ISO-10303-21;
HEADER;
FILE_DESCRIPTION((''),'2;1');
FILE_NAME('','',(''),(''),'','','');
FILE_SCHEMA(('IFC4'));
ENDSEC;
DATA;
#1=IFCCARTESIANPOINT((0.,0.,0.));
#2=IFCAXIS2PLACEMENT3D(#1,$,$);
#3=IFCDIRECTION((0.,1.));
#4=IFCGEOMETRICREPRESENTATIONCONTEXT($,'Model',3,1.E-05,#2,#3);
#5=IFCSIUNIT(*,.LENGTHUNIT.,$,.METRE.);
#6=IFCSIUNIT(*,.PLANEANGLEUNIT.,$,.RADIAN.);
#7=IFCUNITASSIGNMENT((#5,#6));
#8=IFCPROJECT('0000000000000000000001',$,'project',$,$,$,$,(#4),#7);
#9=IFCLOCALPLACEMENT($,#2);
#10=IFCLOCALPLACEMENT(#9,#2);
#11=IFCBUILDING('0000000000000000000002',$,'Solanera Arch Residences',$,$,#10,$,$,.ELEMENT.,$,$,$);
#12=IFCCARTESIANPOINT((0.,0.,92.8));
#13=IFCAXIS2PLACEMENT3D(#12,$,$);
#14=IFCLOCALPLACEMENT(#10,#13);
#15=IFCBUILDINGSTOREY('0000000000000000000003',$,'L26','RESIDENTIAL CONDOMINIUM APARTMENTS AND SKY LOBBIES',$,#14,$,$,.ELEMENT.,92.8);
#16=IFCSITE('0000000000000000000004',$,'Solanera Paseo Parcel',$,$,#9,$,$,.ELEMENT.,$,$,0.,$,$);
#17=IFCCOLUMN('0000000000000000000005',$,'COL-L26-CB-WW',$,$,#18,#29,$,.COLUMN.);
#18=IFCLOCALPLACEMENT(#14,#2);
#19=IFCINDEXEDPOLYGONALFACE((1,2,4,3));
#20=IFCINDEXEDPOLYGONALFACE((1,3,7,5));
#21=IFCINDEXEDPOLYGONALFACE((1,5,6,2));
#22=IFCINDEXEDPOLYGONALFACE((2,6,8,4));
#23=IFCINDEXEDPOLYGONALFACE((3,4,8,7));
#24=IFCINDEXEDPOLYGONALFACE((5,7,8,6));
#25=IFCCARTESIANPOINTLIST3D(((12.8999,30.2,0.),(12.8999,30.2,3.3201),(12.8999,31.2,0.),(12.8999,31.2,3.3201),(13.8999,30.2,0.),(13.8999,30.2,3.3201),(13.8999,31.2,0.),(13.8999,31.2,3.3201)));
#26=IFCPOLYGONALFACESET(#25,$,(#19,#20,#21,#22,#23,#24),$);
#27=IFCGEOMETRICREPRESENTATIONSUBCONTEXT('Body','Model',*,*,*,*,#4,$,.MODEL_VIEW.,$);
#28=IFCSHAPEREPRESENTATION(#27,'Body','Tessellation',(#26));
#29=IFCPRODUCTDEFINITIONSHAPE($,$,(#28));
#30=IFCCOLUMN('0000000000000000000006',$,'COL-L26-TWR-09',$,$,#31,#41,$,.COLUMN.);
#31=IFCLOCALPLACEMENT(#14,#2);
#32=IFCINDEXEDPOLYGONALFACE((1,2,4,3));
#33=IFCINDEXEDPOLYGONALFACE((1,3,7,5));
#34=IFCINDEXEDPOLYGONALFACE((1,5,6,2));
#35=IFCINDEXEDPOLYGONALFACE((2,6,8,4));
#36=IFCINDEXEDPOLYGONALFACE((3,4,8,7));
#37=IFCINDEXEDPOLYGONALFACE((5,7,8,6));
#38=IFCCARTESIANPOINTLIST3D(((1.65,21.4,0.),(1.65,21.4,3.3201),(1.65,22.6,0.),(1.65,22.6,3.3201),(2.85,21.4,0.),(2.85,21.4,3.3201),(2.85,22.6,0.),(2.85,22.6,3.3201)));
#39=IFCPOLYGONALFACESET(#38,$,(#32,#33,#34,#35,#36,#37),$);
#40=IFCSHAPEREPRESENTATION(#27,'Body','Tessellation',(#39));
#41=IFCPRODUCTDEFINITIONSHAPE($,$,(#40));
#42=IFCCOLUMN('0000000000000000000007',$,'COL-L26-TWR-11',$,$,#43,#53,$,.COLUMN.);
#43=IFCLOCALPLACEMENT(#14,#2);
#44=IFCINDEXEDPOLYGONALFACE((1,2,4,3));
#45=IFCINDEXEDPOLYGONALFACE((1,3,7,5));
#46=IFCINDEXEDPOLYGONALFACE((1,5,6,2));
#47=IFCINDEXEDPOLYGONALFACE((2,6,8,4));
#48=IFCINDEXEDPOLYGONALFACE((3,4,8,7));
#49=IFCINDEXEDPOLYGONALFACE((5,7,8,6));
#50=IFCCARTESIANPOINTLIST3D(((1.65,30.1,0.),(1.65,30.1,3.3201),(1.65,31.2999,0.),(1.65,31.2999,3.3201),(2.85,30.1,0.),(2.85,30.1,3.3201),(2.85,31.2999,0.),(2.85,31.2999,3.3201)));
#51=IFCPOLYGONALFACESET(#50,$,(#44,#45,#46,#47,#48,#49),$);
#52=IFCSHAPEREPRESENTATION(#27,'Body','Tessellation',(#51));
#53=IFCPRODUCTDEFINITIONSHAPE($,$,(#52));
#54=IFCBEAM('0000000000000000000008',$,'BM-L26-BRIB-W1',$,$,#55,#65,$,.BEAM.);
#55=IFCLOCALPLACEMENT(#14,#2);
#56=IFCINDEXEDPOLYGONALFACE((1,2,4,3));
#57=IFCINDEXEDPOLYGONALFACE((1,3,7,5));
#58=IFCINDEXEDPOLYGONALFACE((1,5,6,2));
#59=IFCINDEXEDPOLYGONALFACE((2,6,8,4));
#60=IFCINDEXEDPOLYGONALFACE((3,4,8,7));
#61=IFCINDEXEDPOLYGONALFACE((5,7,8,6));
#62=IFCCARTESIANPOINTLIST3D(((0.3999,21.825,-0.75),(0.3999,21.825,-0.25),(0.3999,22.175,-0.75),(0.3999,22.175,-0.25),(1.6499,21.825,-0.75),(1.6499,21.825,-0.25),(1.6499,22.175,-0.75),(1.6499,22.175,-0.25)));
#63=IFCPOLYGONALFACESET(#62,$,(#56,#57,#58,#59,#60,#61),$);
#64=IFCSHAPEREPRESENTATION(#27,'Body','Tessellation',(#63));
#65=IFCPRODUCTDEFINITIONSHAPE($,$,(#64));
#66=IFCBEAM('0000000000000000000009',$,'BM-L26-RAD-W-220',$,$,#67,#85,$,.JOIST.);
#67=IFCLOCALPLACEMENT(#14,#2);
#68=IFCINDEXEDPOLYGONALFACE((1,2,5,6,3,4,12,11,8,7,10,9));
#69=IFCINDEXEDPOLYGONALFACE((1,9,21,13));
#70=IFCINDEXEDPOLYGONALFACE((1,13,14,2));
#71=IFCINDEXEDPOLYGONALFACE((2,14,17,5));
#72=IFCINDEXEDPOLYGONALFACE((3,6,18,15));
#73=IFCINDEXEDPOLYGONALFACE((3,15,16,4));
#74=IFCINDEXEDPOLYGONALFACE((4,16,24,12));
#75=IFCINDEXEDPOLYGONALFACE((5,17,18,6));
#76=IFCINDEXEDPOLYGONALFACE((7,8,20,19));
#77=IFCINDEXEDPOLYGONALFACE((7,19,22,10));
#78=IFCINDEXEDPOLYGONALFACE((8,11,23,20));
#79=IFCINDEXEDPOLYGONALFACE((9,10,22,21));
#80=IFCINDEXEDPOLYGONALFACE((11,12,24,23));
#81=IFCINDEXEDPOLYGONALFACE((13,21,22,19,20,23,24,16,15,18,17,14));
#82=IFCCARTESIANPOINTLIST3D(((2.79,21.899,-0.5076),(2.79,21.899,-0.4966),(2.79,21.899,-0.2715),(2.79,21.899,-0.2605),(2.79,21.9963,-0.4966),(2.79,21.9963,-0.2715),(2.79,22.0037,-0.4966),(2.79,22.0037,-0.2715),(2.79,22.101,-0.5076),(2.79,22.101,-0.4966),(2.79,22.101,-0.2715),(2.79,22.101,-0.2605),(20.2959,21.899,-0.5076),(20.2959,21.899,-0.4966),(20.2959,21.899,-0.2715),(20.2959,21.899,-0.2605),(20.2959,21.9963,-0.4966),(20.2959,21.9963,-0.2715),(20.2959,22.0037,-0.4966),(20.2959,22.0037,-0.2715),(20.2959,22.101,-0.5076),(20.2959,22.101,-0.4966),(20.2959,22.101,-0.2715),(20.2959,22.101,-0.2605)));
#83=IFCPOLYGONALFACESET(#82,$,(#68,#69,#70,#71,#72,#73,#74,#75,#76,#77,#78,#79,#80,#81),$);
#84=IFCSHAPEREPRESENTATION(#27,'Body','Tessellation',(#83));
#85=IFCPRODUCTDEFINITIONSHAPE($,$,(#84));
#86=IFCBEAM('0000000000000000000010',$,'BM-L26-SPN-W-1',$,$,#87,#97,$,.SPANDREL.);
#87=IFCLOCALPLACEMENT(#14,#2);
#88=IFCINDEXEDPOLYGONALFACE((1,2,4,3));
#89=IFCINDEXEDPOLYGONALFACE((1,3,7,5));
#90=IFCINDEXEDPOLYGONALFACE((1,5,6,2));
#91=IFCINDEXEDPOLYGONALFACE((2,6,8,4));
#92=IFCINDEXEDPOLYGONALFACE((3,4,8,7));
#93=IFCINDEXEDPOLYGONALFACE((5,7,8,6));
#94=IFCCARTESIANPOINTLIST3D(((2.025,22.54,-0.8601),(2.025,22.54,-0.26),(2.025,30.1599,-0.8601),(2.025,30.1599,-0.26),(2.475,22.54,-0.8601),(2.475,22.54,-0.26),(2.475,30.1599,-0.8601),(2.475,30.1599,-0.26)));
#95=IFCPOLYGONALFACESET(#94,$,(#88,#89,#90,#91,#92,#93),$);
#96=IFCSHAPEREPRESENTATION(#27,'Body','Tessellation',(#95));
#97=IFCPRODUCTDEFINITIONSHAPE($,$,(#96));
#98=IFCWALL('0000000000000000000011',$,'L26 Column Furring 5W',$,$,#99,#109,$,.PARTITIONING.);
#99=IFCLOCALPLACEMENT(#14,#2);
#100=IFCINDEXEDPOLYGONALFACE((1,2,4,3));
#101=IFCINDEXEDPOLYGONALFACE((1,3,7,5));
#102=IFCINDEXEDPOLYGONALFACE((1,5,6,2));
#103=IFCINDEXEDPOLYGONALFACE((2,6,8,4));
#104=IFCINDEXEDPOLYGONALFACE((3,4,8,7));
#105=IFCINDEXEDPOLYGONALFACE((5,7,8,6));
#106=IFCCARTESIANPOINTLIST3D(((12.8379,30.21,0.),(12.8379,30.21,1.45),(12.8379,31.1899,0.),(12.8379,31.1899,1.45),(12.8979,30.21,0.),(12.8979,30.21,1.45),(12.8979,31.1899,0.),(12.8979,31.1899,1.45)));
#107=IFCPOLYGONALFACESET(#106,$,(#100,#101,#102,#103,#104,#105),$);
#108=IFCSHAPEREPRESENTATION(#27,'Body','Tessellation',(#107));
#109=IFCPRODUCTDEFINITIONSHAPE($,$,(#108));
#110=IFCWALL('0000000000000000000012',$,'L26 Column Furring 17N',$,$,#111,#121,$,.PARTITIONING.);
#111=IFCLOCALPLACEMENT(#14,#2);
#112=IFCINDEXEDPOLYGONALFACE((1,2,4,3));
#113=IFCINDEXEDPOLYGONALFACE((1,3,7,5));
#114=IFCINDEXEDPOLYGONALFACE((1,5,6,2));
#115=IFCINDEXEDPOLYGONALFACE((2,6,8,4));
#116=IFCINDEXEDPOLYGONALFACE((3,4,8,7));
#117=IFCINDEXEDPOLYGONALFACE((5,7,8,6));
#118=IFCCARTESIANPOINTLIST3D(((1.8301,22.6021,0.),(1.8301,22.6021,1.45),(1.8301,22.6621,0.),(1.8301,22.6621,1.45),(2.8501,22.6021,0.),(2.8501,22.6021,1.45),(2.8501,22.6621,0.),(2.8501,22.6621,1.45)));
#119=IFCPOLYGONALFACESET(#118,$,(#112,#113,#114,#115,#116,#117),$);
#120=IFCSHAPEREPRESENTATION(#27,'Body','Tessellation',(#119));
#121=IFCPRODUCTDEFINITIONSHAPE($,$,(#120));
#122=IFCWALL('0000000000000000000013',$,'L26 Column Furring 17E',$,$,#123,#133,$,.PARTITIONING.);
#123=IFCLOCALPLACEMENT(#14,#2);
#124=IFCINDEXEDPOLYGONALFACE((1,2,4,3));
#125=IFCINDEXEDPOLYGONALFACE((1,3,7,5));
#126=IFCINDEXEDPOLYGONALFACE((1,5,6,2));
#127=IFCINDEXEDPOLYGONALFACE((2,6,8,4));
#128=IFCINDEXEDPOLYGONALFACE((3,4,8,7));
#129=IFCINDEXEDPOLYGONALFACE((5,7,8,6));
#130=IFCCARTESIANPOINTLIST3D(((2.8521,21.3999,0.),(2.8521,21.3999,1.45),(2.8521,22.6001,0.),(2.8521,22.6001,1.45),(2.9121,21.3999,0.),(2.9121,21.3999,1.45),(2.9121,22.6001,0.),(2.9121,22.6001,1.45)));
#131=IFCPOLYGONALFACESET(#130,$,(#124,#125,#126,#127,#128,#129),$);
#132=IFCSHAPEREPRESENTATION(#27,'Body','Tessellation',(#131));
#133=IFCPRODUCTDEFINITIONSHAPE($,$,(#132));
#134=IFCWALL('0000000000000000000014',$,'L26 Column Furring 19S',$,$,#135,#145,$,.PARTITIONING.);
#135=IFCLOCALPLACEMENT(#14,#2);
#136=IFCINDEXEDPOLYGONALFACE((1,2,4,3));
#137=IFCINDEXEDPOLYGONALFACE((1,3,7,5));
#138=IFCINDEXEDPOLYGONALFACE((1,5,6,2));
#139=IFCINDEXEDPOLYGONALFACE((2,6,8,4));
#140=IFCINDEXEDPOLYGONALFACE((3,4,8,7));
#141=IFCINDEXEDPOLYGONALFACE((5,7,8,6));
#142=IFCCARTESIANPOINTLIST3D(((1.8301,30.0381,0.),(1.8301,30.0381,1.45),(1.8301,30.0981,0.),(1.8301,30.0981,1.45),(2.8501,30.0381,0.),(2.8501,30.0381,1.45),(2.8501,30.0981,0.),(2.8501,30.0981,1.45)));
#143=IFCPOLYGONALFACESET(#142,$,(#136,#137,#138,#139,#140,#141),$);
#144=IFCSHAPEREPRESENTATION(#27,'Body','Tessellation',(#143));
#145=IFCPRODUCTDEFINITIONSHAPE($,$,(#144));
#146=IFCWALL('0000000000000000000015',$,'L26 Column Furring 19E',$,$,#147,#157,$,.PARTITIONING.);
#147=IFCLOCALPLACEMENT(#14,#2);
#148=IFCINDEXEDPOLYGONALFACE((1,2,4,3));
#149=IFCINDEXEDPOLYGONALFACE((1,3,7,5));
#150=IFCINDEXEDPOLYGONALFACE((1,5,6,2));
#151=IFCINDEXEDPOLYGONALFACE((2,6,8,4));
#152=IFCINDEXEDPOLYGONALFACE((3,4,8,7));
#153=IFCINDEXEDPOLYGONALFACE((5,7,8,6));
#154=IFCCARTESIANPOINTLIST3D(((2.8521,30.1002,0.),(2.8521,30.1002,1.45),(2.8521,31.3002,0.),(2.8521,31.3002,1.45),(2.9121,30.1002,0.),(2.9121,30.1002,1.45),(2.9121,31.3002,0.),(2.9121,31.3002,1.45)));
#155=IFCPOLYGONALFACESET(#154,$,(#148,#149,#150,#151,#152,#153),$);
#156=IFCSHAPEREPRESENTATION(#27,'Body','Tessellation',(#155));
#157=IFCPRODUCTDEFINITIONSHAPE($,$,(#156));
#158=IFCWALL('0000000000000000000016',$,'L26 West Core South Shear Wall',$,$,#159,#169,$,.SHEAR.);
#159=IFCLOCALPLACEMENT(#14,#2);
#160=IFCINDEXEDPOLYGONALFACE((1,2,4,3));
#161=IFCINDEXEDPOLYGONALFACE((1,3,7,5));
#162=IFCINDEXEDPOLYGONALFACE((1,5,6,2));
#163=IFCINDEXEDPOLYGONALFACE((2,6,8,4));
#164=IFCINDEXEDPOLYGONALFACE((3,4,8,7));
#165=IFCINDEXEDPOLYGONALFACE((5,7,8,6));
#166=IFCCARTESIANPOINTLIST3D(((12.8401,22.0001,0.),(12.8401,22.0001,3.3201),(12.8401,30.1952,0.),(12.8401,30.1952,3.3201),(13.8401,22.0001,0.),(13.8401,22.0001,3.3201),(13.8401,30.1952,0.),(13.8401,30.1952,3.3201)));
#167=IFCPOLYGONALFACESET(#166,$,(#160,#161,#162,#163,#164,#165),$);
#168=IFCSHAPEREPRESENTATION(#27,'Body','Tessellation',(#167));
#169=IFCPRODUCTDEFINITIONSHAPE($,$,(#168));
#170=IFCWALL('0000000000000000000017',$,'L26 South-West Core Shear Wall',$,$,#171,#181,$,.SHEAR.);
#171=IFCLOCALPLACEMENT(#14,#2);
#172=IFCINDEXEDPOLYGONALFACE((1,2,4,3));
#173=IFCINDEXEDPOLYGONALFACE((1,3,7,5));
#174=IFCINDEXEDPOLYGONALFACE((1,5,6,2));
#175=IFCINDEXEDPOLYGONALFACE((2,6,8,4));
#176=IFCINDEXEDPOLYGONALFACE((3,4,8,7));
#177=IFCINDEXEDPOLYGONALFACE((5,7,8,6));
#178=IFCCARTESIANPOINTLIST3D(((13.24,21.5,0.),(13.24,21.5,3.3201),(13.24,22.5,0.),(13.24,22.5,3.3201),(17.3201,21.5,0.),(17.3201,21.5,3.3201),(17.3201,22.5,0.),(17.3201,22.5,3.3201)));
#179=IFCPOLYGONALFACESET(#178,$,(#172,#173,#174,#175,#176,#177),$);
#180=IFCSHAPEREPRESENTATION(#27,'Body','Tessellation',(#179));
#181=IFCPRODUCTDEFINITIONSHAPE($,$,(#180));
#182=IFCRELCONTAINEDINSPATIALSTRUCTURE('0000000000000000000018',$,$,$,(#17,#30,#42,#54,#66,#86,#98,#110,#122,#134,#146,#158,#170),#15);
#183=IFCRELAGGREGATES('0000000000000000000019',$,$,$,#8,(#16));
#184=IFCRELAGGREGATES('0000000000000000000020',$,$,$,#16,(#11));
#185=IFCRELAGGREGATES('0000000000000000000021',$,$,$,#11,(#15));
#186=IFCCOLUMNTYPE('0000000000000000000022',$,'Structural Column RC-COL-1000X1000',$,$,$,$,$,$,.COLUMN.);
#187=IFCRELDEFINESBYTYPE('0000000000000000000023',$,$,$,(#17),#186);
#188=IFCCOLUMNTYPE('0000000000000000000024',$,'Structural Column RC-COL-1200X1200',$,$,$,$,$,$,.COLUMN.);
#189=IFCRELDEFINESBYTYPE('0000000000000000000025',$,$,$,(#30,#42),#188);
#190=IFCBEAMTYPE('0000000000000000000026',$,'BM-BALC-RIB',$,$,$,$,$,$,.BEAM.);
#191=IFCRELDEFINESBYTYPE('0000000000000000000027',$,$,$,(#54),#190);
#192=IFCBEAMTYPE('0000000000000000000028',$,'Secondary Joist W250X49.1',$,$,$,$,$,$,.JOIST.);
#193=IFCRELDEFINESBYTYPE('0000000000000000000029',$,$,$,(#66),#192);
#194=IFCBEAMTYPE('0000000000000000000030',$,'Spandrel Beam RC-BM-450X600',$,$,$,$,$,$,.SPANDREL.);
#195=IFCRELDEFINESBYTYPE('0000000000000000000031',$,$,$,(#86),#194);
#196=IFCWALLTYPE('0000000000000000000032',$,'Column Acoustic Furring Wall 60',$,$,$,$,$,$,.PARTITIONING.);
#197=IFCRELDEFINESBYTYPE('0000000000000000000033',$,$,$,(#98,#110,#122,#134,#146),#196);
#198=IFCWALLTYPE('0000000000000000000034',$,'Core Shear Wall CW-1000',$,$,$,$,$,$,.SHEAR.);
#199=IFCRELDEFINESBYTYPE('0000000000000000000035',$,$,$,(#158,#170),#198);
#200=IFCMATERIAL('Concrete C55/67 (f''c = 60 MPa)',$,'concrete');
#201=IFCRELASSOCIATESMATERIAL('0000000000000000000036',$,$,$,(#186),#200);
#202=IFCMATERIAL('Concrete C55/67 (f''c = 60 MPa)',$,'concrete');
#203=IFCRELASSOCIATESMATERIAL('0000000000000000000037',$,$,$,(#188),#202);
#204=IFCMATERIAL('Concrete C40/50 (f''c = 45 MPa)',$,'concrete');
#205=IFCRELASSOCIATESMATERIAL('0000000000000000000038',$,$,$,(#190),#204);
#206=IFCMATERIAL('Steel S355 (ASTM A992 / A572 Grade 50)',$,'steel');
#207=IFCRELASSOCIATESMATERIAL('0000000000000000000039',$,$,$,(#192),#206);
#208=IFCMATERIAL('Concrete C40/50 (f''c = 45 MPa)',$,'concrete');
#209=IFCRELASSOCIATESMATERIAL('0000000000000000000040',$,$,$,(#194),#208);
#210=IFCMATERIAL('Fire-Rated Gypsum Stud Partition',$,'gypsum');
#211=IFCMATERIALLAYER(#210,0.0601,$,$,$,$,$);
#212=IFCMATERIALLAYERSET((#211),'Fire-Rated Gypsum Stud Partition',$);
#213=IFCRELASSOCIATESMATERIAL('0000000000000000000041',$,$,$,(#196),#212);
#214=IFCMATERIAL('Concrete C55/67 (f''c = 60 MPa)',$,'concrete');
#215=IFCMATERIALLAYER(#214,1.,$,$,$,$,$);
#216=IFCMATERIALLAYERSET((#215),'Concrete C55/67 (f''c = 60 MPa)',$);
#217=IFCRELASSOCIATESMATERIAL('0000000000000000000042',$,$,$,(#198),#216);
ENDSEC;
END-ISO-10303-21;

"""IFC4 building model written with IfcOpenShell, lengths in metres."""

from ifc_helpers import new_model, si_unit, direction, frame, frame_2d, origin, origin_2d, place, context, subcontext, project, spatial, rectangle, i_section, extrude, material, layer, layer_set, material_profile, profile_set, type_object, element, save


model = new_model("IFC4")

# Units and contexts
model_context = context("Model", 3, precision=1e-05, world=origin(), true_north=direction((0.0, 1.0)))
body_context = subcontext(model_context, "Body", "Model", "MODEL_VIEW")
ifc_project = project(units=[si_unit("LENGTHUNIT", "METRE"), si_unit("PLANEANGLEUNIT", "RADIAN")], contexts=[model_context])

# Site, building, storey
site_placement = place(None, origin())
site = spatial("IfcSite", under=ifc_project, at=site_placement, Name="Solanera Paseo Parcel", CompositionType="ELEMENT", RefElevation=0.0)
building_placement = place(site_placement, origin())
building = spatial("IfcBuilding", under=site, at=building_placement, Name="Solanera Arch Residences", CompositionType="ELEMENT")
storey_placement = place(building_placement, frame((0.0, 0.0, 92.8)))
storey = spatial("IfcBuildingStorey", under=building, at=storey_placement, Name="L26", Description="RESIDENTIAL CONDOMINIUM APARTMENTS AND SKY LOBBIES", CompositionType="ELEMENT", Elevation=92.8)

# Columns
ifc_material_1 = material(Name="Concrete C55/67 (f'c = 60 MPa)", Category="concrete")
ifc_material_profile_1 = material_profile(ifc_material_1, rectangle(XDim=1.0, YDim=1.0, at=origin_2d()))
ifc_profile_set_1 = profile_set([ifc_material_profile_1], Name="Concrete C55/67 (f'c = 60 MPa)")
column_type_1 = type_object("IfcColumnType", Name="Structural Column RC-COL-1000X1000", PredefinedType="COLUMN", material=ifc_profile_set_1)
column_placement = place(storey_placement, frame((13.3999, 30.7, 0.0), z_axis=(0.0, 0.0, 1.0), x_axis=(1.0, 0.0, 0.0)))
element("IfcColumn", 1, at=column_placement, inside=storey, type_object=column_type_1, Name="COL-L26-CB-WW", PredefinedType="COLUMN", context=body_context, shape_type="SweptSolid", body=[
    extrude(rectangle(XDim=1.0, YDim=1.0, at=origin_2d()), origin(), (0.0, 0.0, 1.0), 3.3201),
])
ifc_material_2 = material(Name="Concrete C55/67 (f'c = 60 MPa)", Category="concrete")
ifc_material_profile_2 = material_profile(ifc_material_2, rectangle(XDim=1.2, YDim=1.2, at=origin_2d()))
ifc_profile_set_2 = profile_set([ifc_material_profile_2], Name="Concrete C55/67 (f'c = 60 MPa)")
column_type_2 = type_object("IfcColumnType", Name="Structural Column RC-COL-1200X1200", PredefinedType="COLUMN", material=ifc_profile_set_2)
for number, where, z_axis, x_axis, name in (
    (2, (2.25, 22.0, 0.0), (0.0, 0.0, 1.0), (1.0, 0.0, 0.0), "COL-L26-TWR-09"),
    (3, (2.25, 30.7, 0.0), (0.0, 0.0, 1.0), (1.0, 0.0, 0.0), "COL-L26-TWR-11"),
):
    element("IfcColumn", number, at=place(storey_placement, frame(where, z_axis=z_axis, x_axis=x_axis)), inside=storey, type_object=column_type_2, Name=name, PredefinedType="COLUMN", context=body_context, shape_type="SweptSolid", body=[
        extrude(rectangle(XDim=1.2, YDim=1.2, at=origin_2d()), origin(), (0.0, 0.0, 1.0), 3.3201),
    ])

# Beams
ifc_material_3 = material(Name="Concrete C40/50 (f'c = 45 MPa)", Category="concrete")
ifc_material_profile_3 = material_profile(ifc_material_3, rectangle(XDim=0.3501, YDim=0.5, at=origin_2d()))
ifc_profile_set_3 = profile_set([ifc_material_profile_3], Name="Concrete C40/50 (f'c = 45 MPa)")
beam_type_1 = type_object("IfcBeamType", Name="BM-BALC-RIB", PredefinedType="BEAM", material=ifc_profile_set_3)
beam_1_placement = place(storey_placement, frame((0.3999, 22.0, -0.5), z_axis=(1.0, 0.0, 0.0), x_axis=(0.0, 1.0, 0.0)))
element("IfcBeam", 4, at=beam_1_placement, inside=storey, type_object=beam_type_1, Name="BM-L26-BRIB-W1", PredefinedType="BEAM", context=body_context, shape_type="SweptSolid", body=[
    extrude(rectangle(XDim=0.3501, YDim=0.5, at=origin_2d()), origin(), (0.0, 0.0, 1.0), 1.25),
])
ifc_material_4 = material(Name="Steel S355 (ASTM A992 / A572 Grade 50)", Category="steel")
ifc_material_profile_4 = material_profile(ifc_material_4, i_section(OverallWidth=0.2019, OverallDepth=0.2471, WebThickness=0.0073, FlangeThickness=0.011, at=origin_2d()))
ifc_profile_set_4 = profile_set([ifc_material_profile_4], Name="Steel S355 (ASTM A992 / A572 Grade 50)")
beam_type_2 = type_object("IfcBeamType", Name="Secondary Joist W250X49.1", PredefinedType="JOIST", material=ifc_profile_set_4)
beam_2_placement = place(storey_placement, frame((2.79, 22.0, -0.384), z_axis=(1.0, 0.0, 0.0), x_axis=(0.0, 1.0, 0.0)))
element("IfcBeam", 5, at=beam_2_placement, inside=storey, type_object=beam_type_2, Name="BM-L26-RAD-W-220", PredefinedType="JOIST", context=body_context, shape_type="SweptSolid", body=[
    extrude(i_section(OverallWidth=0.2019, OverallDepth=0.2471, WebThickness=0.0073, FlangeThickness=0.011, at=origin_2d()), origin(), (0.0, 0.0, 1.0), 17.5059),
])
ifc_material_5 = material(Name="Concrete C40/50 (f'c = 45 MPa)", Category="concrete")
ifc_material_profile_5 = material_profile(ifc_material_5, rectangle(XDim=0.45, YDim=0.6001, at=origin_2d()))
ifc_profile_set_5 = profile_set([ifc_material_profile_5], Name="Concrete C40/50 (f'c = 45 MPa)")
beam_type_3 = type_object("IfcBeamType", Name="Spandrel Beam RC-BM-450X600", PredefinedType="SPANDREL", material=ifc_profile_set_5)
beam_3_placement = place(storey_placement, frame((2.25, 22.54, -0.5601), z_axis=(0.0, 1.0, 0.0), x_axis=(-1.0, 0.0, 0.0)))
element("IfcBeam", 6, at=beam_3_placement, inside=storey, type_object=beam_type_3, Name="BM-L26-SPN-W-1", PredefinedType="SPANDREL", context=body_context, shape_type="SweptSolid", body=[
    extrude(rectangle(XDim=0.45, YDim=0.6001, at=origin_2d()), origin(), (0.0, 0.0, 1.0), 7.6199),
])

# Walls
ifc_material_6 = material(Name="Fire-Rated Gypsum Stud Partition", Category="gypsum")
ifc_layer_1 = layer(ifc_material_6, 0.0601)
ifc_layer_set_1 = layer_set([ifc_layer_1], Name="Fire-Rated Gypsum Stud Partition")
wall_type_1 = type_object("IfcWallType", Name="Column Acoustic Furring Wall 60", PredefinedType="PARTITIONING", material=ifc_layer_set_1)
wall_1_placement = place(storey_placement, frame((12.8679, 30.21, 0.0), z_axis=(0.0, 0.0, 1.0), x_axis=(0.0, 1.0, 0.0)))
element("IfcWall", 7, at=wall_1_placement, inside=storey, type_object=wall_type_1, Name="L26 Column Furring 5W", PredefinedType="PARTITIONING", context=body_context, shape_type="SweptSolid", body=[
    extrude(rectangle(XDim=0.98, YDim=0.0601, at=frame_2d((0.49, 0.0))), origin(), (0.0, 0.0, 1.0), 1.45),
])
wall_2_placement = place(storey_placement, frame((1.8301, 22.6321, 0.0), z_axis=(0.0, 0.0, 1.0), x_axis=(1.0, 0.0, 0.0)))
element("IfcWall", 8, at=wall_2_placement, inside=storey, type_object=wall_type_1, Name="L26 Column Furring 17N", PredefinedType="PARTITIONING", context=body_context, shape_type="SweptSolid", body=[
    extrude(rectangle(XDim=1.02, YDim=0.0601, at=frame_2d((0.51, 0.0))), origin(), (0.0, 0.0, 1.0), 1.45),
])
wall_3_placement = place(storey_placement, frame((2.8821, 21.3999, 0.0), z_axis=(0.0, 0.0, 1.0), x_axis=(0.0, 1.0, 0.0)))
element("IfcWall", 9, at=wall_3_placement, inside=storey, type_object=wall_type_1, Name="L26 Column Furring 17E", PredefinedType="PARTITIONING", context=body_context, shape_type="SweptSolid", body=[
    extrude(rectangle(XDim=1.2002, YDim=0.0601, at=frame_2d((0.6001, 0.0))), origin(), (0.0, 0.0, 1.0), 1.45),
])
wall_4_placement = place(storey_placement, frame((1.8301, 30.0681, 0.0), z_axis=(0.0, 0.0, 1.0), x_axis=(1.0, 0.0, 0.0)))
element("IfcWall", 10, at=wall_4_placement, inside=storey, type_object=wall_type_1, Name="L26 Column Furring 19S", PredefinedType="PARTITIONING", context=body_context, shape_type="SweptSolid", body=[
    extrude(rectangle(XDim=1.02, YDim=0.0601, at=frame_2d((0.51, 0.0))), origin(), (0.0, 0.0, 1.0), 1.45),
])
wall_5_placement = place(storey_placement, frame((2.8821, 30.1001, 0.0), z_axis=(0.0, 0.0, 1.0), x_axis=(0.0, 1.0, 0.0)))
element("IfcWall", 11, at=wall_5_placement, inside=storey, type_object=wall_type_1, Name="L26 Column Furring 19E", PredefinedType="PARTITIONING", context=body_context, shape_type="SweptSolid", body=[
    extrude(rectangle(XDim=1.2, YDim=0.0601, at=frame_2d((0.6001, 0.0))), origin(), (0.0, 0.0, 1.0), 1.45),
])
ifc_material_7 = material(Name="Concrete C55/67 (f'c = 60 MPa)", Category="concrete")
ifc_layer_2 = layer(ifc_material_7, 1.0)
ifc_layer_set_2 = layer_set([ifc_layer_2], Name="Concrete C55/67 (f'c = 60 MPa)")
wall_type_2 = type_object("IfcWallType", Name="Core Shear Wall CW-1000", PredefinedType="SHEAR", material=ifc_layer_set_2)
wall_6_placement = place(storey_placement, frame((13.3401, 22.0, 0.0), z_axis=(0.0, 0.0, 1.0), x_axis=(0.0, 1.0, 0.0)))
element("IfcWall", 12, at=wall_6_placement, inside=storey, type_object=wall_type_2, Name="L26 West Core South Shear Wall", PredefinedType="SHEAR", context=body_context, shape_type="SweptSolid", body=[
    extrude(rectangle(XDim=8.1951, YDim=1.0, at=frame_2d((4.0977, 0.0))), origin(), (0.0, 0.0, 1.0), 3.3201),
])
wall_7_placement = place(storey_placement, frame((13.24, 22.0, 0.0), z_axis=(0.0, 0.0, 1.0), x_axis=(1.0, 0.0, 0.0)))
element("IfcWall", 13, at=wall_7_placement, inside=storey, type_object=wall_type_2, Name="L26 South-West Core Shear Wall", PredefinedType="SHEAR", context=body_context, shape_type="SweptSolid", body=[
    extrude(rectangle(XDim=4.0801, YDim=1.0, at=frame_2d((2.04, 0.0))), origin(), (0.0, 0.0, 1.0), 3.3201),
])

save(model, "model.ifc")
